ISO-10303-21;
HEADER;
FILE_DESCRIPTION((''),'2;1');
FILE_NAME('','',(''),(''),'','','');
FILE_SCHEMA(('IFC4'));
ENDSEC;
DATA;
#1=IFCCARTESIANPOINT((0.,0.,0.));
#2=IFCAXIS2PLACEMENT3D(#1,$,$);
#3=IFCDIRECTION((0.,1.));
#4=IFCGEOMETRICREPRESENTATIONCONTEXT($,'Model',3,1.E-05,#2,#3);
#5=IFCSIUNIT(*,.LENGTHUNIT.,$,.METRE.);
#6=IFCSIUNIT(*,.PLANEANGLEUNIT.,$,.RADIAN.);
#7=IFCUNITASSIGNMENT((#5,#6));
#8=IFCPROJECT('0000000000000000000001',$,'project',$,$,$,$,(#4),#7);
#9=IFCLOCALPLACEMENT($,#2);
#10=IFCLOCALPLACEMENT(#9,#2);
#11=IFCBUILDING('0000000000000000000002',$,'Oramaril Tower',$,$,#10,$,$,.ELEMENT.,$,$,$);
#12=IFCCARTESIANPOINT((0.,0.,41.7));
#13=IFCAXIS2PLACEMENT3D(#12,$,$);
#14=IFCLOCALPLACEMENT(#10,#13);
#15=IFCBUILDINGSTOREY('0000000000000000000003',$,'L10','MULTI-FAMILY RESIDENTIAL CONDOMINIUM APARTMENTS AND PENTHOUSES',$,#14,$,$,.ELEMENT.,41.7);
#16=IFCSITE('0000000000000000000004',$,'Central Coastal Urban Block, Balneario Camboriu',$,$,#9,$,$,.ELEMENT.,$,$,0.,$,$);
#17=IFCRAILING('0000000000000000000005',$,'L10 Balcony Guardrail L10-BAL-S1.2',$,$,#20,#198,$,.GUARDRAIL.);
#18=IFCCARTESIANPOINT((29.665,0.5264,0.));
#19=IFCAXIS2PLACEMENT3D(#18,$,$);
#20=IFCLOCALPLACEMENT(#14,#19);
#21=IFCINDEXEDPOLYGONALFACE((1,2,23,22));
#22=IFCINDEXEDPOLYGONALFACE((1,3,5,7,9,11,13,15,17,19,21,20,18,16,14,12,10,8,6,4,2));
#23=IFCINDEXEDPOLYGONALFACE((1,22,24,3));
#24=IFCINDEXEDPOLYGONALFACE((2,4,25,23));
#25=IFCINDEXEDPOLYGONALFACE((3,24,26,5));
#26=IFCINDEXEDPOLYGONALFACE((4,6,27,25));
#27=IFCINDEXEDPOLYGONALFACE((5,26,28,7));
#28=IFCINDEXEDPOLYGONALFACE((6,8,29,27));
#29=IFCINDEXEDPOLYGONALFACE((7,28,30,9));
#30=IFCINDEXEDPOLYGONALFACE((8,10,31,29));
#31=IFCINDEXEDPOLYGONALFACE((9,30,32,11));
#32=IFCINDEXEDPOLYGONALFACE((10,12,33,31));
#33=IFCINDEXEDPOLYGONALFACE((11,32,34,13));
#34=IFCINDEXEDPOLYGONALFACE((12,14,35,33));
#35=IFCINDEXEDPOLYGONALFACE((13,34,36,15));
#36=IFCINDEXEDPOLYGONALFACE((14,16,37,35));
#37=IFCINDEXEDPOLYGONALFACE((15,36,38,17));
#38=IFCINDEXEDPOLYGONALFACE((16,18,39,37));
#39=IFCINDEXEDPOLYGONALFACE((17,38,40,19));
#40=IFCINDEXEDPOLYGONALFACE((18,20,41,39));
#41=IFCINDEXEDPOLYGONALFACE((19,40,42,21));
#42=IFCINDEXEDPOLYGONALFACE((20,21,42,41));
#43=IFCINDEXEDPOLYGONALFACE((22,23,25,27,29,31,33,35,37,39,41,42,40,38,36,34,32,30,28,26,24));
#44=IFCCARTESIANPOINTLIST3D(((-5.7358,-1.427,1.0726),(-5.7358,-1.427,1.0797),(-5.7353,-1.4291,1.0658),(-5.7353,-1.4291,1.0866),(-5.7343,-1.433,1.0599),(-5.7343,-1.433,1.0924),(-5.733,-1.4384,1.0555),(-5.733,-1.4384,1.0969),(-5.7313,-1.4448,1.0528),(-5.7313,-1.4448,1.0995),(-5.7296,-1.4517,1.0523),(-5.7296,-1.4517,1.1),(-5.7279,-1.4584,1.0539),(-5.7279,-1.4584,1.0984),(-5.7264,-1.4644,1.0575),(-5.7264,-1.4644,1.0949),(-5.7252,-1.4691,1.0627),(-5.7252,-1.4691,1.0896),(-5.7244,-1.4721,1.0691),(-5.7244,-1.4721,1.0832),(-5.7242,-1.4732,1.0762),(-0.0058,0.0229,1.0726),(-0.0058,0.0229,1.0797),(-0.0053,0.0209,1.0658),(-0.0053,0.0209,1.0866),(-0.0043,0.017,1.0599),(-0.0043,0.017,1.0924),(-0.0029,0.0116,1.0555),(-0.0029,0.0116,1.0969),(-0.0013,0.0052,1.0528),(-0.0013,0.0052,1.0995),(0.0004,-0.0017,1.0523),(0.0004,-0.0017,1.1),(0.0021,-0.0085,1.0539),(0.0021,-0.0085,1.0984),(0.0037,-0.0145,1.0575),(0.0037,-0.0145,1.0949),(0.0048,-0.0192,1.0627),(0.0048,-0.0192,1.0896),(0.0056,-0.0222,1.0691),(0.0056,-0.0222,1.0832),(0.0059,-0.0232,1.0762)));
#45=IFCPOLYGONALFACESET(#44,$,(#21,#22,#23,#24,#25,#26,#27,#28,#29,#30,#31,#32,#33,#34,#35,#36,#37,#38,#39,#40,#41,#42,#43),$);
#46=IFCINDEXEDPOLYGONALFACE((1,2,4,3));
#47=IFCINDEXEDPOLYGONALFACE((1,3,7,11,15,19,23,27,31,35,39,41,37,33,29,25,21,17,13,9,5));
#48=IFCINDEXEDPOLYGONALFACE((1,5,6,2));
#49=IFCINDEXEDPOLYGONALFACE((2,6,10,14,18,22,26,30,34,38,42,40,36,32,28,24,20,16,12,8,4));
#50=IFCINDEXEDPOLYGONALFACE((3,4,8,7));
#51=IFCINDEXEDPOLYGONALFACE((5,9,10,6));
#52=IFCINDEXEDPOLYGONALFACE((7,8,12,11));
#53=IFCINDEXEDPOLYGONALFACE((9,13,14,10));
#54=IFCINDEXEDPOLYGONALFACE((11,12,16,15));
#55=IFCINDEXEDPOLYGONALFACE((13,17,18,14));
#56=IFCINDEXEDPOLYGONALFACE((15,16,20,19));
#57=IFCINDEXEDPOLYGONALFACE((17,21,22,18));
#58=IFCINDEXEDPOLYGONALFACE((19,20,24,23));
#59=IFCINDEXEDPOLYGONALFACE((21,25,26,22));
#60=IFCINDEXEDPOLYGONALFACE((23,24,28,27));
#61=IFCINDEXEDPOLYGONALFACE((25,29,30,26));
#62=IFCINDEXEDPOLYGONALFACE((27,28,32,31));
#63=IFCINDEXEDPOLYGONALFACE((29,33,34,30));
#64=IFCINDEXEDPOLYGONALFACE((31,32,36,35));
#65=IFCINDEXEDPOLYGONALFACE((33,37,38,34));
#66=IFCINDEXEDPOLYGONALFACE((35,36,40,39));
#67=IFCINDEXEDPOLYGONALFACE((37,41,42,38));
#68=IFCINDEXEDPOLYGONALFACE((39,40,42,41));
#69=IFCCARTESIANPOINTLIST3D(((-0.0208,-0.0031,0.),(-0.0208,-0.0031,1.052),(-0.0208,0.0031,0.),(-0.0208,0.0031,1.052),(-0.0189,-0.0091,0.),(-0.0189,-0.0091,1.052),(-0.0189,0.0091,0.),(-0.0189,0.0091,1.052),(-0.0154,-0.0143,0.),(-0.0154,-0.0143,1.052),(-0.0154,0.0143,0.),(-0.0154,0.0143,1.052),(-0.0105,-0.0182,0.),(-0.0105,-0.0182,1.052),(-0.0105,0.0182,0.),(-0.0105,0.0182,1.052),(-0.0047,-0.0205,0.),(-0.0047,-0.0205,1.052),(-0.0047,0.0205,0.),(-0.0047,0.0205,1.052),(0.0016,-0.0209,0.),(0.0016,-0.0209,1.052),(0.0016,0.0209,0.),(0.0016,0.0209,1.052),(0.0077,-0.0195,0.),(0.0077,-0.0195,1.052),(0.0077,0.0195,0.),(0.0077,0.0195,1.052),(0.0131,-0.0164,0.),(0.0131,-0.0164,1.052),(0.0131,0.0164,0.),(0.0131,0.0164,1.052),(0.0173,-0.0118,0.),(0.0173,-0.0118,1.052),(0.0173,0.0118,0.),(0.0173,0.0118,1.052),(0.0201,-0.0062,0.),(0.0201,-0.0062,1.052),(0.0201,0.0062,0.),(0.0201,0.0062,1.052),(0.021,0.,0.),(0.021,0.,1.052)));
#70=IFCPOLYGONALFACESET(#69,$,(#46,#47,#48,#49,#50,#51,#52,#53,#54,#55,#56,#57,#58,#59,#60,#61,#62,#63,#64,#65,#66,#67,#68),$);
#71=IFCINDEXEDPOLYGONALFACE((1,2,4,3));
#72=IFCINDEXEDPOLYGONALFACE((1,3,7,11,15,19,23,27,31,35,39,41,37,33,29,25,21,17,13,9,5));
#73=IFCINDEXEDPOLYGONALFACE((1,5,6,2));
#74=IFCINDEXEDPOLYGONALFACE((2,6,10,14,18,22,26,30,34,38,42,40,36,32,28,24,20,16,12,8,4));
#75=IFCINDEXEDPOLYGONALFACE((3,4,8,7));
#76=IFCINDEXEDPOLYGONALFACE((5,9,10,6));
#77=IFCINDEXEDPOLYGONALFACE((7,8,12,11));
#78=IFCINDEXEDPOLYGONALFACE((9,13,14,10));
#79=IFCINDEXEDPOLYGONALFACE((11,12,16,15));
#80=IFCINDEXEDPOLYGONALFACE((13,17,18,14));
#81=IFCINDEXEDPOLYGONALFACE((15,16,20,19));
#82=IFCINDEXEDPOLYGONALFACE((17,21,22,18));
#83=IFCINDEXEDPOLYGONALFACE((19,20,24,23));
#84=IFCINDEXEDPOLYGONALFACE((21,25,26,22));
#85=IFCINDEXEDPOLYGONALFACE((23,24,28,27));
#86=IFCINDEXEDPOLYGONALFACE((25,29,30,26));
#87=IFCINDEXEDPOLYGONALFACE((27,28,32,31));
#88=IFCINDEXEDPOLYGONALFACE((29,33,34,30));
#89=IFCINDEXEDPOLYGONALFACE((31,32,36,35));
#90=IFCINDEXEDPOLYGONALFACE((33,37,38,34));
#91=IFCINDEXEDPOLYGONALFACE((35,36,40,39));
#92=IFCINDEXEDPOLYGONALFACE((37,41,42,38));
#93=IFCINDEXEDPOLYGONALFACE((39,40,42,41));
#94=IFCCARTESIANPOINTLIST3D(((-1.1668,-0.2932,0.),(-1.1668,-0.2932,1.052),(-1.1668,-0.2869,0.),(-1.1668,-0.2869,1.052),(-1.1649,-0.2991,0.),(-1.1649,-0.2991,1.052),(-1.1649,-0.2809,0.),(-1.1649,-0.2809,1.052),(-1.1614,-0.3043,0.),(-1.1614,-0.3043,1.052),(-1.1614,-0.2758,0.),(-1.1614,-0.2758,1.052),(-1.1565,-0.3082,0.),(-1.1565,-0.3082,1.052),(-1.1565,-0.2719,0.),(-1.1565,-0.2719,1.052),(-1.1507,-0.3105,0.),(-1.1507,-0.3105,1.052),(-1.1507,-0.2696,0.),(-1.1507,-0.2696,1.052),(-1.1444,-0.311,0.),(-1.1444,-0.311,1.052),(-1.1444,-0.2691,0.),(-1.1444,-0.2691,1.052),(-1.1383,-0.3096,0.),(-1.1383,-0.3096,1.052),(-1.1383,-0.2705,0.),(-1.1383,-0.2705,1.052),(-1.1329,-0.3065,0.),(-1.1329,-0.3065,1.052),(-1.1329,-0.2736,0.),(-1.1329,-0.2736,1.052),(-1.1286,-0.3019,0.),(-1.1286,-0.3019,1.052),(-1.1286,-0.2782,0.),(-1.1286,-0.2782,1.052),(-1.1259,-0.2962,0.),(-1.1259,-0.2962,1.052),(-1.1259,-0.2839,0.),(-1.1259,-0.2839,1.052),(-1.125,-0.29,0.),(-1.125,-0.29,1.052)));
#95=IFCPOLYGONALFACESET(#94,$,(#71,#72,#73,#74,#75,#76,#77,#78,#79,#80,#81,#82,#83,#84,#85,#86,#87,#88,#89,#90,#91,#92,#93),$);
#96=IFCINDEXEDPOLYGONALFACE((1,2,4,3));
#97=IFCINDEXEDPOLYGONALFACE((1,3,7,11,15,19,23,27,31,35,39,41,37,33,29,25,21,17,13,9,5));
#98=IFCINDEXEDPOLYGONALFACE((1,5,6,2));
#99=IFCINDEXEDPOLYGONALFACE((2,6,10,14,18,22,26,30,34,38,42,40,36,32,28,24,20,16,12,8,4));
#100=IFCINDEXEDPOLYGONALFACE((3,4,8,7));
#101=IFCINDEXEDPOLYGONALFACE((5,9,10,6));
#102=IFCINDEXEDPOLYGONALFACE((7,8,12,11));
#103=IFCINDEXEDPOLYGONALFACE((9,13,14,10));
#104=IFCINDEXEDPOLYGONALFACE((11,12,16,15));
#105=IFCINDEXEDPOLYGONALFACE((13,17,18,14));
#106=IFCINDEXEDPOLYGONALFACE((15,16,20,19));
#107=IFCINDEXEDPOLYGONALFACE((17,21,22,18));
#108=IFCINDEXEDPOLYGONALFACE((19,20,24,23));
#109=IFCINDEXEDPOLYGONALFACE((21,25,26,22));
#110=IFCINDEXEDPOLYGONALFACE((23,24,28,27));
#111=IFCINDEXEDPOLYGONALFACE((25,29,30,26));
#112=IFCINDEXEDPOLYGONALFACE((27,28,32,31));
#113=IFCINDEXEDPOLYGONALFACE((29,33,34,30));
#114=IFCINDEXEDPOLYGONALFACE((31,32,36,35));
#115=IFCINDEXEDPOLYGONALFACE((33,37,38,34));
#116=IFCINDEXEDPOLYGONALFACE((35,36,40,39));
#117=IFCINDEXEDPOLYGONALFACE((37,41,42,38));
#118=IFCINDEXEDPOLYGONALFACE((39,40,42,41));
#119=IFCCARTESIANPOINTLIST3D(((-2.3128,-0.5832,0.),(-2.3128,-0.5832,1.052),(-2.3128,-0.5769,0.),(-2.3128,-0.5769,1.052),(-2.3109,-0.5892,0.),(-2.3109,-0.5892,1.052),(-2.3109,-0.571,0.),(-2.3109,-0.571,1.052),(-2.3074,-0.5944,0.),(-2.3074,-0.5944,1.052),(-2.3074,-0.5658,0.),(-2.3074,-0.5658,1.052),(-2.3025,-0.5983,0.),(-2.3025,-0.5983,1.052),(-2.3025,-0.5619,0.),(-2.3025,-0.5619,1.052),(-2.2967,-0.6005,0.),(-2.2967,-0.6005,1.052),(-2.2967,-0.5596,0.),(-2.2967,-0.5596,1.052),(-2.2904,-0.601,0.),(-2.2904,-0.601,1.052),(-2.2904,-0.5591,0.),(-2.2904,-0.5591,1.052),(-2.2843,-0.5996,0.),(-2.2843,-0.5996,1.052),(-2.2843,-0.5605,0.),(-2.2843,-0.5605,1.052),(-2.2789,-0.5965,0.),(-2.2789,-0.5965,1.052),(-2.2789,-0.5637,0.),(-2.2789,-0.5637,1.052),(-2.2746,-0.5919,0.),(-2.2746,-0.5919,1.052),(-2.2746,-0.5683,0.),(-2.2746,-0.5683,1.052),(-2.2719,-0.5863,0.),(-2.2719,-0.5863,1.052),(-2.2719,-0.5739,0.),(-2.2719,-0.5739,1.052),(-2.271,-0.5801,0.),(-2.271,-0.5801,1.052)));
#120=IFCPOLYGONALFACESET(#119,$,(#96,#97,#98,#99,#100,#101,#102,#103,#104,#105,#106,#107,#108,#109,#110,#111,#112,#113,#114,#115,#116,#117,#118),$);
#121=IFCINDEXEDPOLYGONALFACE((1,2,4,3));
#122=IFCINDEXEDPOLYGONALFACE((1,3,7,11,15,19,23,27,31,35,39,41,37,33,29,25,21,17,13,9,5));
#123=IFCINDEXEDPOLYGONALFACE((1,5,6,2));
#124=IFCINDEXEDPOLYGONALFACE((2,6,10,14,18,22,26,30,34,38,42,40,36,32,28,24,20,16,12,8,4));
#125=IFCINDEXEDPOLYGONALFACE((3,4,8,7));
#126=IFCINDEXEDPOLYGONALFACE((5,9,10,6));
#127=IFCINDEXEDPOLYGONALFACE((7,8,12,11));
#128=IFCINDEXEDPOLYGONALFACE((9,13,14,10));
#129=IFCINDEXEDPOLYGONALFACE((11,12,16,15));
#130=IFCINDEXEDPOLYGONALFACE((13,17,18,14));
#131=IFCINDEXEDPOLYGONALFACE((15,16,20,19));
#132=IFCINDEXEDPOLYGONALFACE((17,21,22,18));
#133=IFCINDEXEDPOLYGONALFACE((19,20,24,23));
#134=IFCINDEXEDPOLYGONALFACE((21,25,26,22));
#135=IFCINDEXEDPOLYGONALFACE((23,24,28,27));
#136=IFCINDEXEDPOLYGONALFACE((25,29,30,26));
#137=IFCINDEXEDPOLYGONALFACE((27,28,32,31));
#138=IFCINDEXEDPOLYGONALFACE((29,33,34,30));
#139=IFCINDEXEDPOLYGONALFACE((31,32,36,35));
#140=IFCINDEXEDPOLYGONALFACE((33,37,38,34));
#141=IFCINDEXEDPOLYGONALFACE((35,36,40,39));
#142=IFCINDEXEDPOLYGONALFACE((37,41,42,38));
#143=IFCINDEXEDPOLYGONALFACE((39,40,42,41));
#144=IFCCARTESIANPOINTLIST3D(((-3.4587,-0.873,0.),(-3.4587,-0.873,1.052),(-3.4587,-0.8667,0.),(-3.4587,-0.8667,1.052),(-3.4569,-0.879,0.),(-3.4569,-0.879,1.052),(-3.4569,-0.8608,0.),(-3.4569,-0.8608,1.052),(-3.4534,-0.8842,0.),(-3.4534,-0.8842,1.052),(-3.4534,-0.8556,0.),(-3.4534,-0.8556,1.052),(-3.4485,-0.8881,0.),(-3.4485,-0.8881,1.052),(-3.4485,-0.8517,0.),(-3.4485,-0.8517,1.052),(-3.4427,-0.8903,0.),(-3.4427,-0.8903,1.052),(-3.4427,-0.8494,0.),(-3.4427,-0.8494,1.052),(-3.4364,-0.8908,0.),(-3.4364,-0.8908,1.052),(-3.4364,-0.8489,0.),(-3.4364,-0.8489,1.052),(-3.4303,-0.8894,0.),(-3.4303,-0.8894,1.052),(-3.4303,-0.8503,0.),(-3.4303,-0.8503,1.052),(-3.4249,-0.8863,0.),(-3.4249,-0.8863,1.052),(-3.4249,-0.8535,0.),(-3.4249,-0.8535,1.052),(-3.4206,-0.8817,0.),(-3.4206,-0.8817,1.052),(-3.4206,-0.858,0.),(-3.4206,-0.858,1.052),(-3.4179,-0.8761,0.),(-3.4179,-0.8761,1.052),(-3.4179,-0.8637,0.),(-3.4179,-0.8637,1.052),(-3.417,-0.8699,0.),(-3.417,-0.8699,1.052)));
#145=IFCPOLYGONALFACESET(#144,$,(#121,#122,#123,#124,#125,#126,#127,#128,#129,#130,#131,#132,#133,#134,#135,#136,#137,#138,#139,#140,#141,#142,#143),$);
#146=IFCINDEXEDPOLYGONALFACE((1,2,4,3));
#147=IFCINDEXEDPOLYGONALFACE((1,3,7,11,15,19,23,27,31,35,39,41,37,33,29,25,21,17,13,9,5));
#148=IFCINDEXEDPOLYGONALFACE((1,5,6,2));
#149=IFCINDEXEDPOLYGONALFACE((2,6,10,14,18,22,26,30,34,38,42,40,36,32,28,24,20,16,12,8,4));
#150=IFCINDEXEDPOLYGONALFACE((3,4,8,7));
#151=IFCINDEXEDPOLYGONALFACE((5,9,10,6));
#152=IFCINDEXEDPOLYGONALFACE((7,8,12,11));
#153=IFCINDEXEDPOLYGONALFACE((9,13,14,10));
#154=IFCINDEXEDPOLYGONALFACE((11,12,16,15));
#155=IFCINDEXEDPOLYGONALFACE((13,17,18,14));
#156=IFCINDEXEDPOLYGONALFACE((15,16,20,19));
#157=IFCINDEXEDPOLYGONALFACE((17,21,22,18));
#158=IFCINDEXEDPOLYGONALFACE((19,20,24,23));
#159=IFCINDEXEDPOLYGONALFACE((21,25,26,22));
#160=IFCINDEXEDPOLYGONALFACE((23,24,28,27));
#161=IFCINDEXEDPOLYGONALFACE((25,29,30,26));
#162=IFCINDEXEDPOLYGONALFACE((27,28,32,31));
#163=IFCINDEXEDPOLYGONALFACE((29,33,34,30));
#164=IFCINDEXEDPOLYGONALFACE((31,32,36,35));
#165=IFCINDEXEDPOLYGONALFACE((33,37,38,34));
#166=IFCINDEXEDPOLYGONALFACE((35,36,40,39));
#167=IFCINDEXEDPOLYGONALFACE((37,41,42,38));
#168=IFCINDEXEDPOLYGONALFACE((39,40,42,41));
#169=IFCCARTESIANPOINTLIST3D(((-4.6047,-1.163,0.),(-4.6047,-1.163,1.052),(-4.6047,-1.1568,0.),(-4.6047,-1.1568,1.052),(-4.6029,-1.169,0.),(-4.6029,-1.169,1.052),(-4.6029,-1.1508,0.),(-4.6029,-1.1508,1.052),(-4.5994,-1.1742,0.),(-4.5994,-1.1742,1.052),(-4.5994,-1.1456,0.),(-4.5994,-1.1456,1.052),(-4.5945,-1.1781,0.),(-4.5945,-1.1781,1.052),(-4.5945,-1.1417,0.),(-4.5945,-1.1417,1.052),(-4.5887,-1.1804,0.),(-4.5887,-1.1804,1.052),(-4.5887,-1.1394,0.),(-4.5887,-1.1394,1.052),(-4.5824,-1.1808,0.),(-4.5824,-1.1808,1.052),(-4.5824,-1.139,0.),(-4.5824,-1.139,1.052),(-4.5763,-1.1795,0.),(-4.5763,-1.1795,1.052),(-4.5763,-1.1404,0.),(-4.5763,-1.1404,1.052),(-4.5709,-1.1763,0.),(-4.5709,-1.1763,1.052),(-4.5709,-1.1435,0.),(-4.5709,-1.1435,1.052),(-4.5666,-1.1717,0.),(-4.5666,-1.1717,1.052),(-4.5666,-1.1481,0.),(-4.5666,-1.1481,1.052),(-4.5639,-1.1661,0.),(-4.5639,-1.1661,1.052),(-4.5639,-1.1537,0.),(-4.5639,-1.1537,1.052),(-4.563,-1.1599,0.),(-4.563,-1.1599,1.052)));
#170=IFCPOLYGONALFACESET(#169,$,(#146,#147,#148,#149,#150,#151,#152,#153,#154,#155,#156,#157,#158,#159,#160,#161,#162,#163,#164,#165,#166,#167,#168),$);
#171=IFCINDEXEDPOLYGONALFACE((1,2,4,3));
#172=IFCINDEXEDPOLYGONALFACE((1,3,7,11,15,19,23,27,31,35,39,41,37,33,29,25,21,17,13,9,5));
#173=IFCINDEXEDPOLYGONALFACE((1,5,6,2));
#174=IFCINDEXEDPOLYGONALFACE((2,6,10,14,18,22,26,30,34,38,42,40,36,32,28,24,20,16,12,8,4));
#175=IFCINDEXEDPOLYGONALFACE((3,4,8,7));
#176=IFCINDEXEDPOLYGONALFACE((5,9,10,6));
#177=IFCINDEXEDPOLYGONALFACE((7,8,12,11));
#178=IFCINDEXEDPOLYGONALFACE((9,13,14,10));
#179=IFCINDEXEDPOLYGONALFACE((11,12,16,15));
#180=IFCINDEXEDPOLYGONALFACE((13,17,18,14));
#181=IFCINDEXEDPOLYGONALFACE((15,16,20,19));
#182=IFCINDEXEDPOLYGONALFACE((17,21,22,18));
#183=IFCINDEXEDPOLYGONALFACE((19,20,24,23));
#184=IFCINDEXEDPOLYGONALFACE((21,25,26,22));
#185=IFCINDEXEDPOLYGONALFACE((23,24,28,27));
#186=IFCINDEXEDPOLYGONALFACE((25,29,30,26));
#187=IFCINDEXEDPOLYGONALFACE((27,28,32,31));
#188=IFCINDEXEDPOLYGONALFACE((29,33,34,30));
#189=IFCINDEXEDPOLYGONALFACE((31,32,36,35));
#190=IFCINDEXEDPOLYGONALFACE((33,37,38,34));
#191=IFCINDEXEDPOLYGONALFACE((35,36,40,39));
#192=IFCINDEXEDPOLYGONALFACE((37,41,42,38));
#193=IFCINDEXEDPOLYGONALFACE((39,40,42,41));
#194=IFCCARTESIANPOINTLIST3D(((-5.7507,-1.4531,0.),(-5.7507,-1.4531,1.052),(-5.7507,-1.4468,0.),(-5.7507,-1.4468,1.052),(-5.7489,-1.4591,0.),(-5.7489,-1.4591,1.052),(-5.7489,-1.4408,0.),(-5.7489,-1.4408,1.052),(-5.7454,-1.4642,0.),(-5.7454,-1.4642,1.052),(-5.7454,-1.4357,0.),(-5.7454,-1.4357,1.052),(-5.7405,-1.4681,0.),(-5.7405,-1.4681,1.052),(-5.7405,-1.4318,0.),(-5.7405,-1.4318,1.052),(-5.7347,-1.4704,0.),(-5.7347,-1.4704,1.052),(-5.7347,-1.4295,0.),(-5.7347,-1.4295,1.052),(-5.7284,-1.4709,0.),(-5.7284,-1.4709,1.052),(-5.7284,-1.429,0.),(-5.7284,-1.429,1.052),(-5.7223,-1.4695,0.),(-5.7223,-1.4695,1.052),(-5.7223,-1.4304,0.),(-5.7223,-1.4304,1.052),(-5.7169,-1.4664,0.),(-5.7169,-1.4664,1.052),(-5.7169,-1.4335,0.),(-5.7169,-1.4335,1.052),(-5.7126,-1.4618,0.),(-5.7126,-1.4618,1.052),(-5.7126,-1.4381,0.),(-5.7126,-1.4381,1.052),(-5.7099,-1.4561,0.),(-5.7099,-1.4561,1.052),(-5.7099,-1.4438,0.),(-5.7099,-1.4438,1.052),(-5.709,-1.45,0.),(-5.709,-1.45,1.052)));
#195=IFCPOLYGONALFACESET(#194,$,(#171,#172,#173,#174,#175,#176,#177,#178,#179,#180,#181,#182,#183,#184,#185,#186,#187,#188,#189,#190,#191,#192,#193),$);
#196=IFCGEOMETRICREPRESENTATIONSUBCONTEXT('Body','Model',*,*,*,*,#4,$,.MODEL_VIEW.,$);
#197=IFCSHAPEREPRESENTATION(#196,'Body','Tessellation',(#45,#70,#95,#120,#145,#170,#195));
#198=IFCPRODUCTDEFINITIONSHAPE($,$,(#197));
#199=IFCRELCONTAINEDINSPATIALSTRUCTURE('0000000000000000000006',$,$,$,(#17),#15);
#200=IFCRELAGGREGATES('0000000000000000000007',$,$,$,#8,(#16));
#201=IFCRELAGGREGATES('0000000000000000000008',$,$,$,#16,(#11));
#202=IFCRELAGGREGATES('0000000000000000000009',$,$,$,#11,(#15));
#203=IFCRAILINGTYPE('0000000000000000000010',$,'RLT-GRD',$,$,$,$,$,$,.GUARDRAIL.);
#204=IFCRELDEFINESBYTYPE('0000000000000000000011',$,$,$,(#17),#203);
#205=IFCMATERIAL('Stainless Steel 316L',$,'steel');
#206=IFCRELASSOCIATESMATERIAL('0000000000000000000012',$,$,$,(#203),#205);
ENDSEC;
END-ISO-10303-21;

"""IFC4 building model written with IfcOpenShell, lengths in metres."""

from ifc_helpers import new_model, si_unit, direction, frame, origin, origin_2d, place, context, subcontext, project, spatial, circle, extrude, material, type_object, element, save


model = new_model("IFC4")

# Units and contexts
model_context = context("Model", 3, precision=1e-05, world=origin(), true_north=direction((0.0, 1.0)))
body_context = subcontext(model_context, "Body", "Model", "MODEL_VIEW")
ifc_project = project(units=[si_unit("LENGTHUNIT", "METRE"), si_unit("PLANEANGLEUNIT", "RADIAN")], contexts=[model_context])

# Site, building, storey
site_placement = place(None, origin())
site = spatial("IfcSite", under=ifc_project, at=site_placement, Name="Central Coastal Urban Block, Balneario Camboriu", CompositionType="ELEMENT", RefElevation=0.0)
building_placement = place(site_placement, origin())
building = spatial("IfcBuilding", under=site, at=building_placement, Name="Oramaril Tower", CompositionType="ELEMENT")
storey_placement = place(building_placement, frame((0.0, 0.0, 41.7)))
storey = spatial("IfcBuildingStorey", under=building, at=storey_placement, Name="L10", Description="MULTI-FAMILY RESIDENTIAL CONDOMINIUM APARTMENTS AND PENTHOUSES", CompositionType="ELEMENT", Elevation=41.7)

# Railing
ifc_material_1 = material(Name="Stainless Steel 316L", Category="steel")
railing_type = type_object("IfcRailingType", Name="RLT-GRD", PredefinedType="GUARDRAIL", material=ifc_material_1)
railing_1_placement = place(storey_placement, frame((29.665, 0.5264, 0.0)))
element("IfcRailing", 1, at=railing_1_placement, inside=storey, type_object=railing_type, Name="L10 Balcony Guardrail L10-BAL-S1.2", PredefinedType="GUARDRAIL", context=body_context, shape_type="SweptSolid", body=[
    extrude(circle(Radius=0.0239, at=origin_2d()), frame((0.0, 0.0, 1.0762), z_axis=(-0.969444, -0.245314, 0.0), x_axis=(0.245314, -0.969444, 0.0)), (0.0, 0.0, 1.0), 5.9106),
    extrude(circle(Radius=0.021, at=origin_2d()), origin(), (0.0, 0.0, 1.0), 1.052),
    extrude(circle(Radius=0.021, at=origin_2d()), frame((-1.146, -0.29, 0.0)), (0.0, 0.0, 1.0), 1.052),
    extrude(circle(Radius=0.021, at=origin_2d()), frame((-2.292, -0.5801, 0.0)), (0.0, 0.0, 1.0), 1.052),
    extrude(circle(Radius=0.021, at=origin_2d()), frame((-3.438, -0.8699, 0.0)), (0.0, 0.0, 1.0), 1.052),
    extrude(circle(Radius=0.021, at=origin_2d()), frame((-4.584, -1.1599, 0.0)), (0.0, 0.0, 1.0), 1.052),
    extrude(circle(Radius=0.021, at=origin_2d()), frame((-5.73, -1.45, 0.0)), (0.0, 0.0, 1.0), 1.052),
])

save(model, "model.ifc")
